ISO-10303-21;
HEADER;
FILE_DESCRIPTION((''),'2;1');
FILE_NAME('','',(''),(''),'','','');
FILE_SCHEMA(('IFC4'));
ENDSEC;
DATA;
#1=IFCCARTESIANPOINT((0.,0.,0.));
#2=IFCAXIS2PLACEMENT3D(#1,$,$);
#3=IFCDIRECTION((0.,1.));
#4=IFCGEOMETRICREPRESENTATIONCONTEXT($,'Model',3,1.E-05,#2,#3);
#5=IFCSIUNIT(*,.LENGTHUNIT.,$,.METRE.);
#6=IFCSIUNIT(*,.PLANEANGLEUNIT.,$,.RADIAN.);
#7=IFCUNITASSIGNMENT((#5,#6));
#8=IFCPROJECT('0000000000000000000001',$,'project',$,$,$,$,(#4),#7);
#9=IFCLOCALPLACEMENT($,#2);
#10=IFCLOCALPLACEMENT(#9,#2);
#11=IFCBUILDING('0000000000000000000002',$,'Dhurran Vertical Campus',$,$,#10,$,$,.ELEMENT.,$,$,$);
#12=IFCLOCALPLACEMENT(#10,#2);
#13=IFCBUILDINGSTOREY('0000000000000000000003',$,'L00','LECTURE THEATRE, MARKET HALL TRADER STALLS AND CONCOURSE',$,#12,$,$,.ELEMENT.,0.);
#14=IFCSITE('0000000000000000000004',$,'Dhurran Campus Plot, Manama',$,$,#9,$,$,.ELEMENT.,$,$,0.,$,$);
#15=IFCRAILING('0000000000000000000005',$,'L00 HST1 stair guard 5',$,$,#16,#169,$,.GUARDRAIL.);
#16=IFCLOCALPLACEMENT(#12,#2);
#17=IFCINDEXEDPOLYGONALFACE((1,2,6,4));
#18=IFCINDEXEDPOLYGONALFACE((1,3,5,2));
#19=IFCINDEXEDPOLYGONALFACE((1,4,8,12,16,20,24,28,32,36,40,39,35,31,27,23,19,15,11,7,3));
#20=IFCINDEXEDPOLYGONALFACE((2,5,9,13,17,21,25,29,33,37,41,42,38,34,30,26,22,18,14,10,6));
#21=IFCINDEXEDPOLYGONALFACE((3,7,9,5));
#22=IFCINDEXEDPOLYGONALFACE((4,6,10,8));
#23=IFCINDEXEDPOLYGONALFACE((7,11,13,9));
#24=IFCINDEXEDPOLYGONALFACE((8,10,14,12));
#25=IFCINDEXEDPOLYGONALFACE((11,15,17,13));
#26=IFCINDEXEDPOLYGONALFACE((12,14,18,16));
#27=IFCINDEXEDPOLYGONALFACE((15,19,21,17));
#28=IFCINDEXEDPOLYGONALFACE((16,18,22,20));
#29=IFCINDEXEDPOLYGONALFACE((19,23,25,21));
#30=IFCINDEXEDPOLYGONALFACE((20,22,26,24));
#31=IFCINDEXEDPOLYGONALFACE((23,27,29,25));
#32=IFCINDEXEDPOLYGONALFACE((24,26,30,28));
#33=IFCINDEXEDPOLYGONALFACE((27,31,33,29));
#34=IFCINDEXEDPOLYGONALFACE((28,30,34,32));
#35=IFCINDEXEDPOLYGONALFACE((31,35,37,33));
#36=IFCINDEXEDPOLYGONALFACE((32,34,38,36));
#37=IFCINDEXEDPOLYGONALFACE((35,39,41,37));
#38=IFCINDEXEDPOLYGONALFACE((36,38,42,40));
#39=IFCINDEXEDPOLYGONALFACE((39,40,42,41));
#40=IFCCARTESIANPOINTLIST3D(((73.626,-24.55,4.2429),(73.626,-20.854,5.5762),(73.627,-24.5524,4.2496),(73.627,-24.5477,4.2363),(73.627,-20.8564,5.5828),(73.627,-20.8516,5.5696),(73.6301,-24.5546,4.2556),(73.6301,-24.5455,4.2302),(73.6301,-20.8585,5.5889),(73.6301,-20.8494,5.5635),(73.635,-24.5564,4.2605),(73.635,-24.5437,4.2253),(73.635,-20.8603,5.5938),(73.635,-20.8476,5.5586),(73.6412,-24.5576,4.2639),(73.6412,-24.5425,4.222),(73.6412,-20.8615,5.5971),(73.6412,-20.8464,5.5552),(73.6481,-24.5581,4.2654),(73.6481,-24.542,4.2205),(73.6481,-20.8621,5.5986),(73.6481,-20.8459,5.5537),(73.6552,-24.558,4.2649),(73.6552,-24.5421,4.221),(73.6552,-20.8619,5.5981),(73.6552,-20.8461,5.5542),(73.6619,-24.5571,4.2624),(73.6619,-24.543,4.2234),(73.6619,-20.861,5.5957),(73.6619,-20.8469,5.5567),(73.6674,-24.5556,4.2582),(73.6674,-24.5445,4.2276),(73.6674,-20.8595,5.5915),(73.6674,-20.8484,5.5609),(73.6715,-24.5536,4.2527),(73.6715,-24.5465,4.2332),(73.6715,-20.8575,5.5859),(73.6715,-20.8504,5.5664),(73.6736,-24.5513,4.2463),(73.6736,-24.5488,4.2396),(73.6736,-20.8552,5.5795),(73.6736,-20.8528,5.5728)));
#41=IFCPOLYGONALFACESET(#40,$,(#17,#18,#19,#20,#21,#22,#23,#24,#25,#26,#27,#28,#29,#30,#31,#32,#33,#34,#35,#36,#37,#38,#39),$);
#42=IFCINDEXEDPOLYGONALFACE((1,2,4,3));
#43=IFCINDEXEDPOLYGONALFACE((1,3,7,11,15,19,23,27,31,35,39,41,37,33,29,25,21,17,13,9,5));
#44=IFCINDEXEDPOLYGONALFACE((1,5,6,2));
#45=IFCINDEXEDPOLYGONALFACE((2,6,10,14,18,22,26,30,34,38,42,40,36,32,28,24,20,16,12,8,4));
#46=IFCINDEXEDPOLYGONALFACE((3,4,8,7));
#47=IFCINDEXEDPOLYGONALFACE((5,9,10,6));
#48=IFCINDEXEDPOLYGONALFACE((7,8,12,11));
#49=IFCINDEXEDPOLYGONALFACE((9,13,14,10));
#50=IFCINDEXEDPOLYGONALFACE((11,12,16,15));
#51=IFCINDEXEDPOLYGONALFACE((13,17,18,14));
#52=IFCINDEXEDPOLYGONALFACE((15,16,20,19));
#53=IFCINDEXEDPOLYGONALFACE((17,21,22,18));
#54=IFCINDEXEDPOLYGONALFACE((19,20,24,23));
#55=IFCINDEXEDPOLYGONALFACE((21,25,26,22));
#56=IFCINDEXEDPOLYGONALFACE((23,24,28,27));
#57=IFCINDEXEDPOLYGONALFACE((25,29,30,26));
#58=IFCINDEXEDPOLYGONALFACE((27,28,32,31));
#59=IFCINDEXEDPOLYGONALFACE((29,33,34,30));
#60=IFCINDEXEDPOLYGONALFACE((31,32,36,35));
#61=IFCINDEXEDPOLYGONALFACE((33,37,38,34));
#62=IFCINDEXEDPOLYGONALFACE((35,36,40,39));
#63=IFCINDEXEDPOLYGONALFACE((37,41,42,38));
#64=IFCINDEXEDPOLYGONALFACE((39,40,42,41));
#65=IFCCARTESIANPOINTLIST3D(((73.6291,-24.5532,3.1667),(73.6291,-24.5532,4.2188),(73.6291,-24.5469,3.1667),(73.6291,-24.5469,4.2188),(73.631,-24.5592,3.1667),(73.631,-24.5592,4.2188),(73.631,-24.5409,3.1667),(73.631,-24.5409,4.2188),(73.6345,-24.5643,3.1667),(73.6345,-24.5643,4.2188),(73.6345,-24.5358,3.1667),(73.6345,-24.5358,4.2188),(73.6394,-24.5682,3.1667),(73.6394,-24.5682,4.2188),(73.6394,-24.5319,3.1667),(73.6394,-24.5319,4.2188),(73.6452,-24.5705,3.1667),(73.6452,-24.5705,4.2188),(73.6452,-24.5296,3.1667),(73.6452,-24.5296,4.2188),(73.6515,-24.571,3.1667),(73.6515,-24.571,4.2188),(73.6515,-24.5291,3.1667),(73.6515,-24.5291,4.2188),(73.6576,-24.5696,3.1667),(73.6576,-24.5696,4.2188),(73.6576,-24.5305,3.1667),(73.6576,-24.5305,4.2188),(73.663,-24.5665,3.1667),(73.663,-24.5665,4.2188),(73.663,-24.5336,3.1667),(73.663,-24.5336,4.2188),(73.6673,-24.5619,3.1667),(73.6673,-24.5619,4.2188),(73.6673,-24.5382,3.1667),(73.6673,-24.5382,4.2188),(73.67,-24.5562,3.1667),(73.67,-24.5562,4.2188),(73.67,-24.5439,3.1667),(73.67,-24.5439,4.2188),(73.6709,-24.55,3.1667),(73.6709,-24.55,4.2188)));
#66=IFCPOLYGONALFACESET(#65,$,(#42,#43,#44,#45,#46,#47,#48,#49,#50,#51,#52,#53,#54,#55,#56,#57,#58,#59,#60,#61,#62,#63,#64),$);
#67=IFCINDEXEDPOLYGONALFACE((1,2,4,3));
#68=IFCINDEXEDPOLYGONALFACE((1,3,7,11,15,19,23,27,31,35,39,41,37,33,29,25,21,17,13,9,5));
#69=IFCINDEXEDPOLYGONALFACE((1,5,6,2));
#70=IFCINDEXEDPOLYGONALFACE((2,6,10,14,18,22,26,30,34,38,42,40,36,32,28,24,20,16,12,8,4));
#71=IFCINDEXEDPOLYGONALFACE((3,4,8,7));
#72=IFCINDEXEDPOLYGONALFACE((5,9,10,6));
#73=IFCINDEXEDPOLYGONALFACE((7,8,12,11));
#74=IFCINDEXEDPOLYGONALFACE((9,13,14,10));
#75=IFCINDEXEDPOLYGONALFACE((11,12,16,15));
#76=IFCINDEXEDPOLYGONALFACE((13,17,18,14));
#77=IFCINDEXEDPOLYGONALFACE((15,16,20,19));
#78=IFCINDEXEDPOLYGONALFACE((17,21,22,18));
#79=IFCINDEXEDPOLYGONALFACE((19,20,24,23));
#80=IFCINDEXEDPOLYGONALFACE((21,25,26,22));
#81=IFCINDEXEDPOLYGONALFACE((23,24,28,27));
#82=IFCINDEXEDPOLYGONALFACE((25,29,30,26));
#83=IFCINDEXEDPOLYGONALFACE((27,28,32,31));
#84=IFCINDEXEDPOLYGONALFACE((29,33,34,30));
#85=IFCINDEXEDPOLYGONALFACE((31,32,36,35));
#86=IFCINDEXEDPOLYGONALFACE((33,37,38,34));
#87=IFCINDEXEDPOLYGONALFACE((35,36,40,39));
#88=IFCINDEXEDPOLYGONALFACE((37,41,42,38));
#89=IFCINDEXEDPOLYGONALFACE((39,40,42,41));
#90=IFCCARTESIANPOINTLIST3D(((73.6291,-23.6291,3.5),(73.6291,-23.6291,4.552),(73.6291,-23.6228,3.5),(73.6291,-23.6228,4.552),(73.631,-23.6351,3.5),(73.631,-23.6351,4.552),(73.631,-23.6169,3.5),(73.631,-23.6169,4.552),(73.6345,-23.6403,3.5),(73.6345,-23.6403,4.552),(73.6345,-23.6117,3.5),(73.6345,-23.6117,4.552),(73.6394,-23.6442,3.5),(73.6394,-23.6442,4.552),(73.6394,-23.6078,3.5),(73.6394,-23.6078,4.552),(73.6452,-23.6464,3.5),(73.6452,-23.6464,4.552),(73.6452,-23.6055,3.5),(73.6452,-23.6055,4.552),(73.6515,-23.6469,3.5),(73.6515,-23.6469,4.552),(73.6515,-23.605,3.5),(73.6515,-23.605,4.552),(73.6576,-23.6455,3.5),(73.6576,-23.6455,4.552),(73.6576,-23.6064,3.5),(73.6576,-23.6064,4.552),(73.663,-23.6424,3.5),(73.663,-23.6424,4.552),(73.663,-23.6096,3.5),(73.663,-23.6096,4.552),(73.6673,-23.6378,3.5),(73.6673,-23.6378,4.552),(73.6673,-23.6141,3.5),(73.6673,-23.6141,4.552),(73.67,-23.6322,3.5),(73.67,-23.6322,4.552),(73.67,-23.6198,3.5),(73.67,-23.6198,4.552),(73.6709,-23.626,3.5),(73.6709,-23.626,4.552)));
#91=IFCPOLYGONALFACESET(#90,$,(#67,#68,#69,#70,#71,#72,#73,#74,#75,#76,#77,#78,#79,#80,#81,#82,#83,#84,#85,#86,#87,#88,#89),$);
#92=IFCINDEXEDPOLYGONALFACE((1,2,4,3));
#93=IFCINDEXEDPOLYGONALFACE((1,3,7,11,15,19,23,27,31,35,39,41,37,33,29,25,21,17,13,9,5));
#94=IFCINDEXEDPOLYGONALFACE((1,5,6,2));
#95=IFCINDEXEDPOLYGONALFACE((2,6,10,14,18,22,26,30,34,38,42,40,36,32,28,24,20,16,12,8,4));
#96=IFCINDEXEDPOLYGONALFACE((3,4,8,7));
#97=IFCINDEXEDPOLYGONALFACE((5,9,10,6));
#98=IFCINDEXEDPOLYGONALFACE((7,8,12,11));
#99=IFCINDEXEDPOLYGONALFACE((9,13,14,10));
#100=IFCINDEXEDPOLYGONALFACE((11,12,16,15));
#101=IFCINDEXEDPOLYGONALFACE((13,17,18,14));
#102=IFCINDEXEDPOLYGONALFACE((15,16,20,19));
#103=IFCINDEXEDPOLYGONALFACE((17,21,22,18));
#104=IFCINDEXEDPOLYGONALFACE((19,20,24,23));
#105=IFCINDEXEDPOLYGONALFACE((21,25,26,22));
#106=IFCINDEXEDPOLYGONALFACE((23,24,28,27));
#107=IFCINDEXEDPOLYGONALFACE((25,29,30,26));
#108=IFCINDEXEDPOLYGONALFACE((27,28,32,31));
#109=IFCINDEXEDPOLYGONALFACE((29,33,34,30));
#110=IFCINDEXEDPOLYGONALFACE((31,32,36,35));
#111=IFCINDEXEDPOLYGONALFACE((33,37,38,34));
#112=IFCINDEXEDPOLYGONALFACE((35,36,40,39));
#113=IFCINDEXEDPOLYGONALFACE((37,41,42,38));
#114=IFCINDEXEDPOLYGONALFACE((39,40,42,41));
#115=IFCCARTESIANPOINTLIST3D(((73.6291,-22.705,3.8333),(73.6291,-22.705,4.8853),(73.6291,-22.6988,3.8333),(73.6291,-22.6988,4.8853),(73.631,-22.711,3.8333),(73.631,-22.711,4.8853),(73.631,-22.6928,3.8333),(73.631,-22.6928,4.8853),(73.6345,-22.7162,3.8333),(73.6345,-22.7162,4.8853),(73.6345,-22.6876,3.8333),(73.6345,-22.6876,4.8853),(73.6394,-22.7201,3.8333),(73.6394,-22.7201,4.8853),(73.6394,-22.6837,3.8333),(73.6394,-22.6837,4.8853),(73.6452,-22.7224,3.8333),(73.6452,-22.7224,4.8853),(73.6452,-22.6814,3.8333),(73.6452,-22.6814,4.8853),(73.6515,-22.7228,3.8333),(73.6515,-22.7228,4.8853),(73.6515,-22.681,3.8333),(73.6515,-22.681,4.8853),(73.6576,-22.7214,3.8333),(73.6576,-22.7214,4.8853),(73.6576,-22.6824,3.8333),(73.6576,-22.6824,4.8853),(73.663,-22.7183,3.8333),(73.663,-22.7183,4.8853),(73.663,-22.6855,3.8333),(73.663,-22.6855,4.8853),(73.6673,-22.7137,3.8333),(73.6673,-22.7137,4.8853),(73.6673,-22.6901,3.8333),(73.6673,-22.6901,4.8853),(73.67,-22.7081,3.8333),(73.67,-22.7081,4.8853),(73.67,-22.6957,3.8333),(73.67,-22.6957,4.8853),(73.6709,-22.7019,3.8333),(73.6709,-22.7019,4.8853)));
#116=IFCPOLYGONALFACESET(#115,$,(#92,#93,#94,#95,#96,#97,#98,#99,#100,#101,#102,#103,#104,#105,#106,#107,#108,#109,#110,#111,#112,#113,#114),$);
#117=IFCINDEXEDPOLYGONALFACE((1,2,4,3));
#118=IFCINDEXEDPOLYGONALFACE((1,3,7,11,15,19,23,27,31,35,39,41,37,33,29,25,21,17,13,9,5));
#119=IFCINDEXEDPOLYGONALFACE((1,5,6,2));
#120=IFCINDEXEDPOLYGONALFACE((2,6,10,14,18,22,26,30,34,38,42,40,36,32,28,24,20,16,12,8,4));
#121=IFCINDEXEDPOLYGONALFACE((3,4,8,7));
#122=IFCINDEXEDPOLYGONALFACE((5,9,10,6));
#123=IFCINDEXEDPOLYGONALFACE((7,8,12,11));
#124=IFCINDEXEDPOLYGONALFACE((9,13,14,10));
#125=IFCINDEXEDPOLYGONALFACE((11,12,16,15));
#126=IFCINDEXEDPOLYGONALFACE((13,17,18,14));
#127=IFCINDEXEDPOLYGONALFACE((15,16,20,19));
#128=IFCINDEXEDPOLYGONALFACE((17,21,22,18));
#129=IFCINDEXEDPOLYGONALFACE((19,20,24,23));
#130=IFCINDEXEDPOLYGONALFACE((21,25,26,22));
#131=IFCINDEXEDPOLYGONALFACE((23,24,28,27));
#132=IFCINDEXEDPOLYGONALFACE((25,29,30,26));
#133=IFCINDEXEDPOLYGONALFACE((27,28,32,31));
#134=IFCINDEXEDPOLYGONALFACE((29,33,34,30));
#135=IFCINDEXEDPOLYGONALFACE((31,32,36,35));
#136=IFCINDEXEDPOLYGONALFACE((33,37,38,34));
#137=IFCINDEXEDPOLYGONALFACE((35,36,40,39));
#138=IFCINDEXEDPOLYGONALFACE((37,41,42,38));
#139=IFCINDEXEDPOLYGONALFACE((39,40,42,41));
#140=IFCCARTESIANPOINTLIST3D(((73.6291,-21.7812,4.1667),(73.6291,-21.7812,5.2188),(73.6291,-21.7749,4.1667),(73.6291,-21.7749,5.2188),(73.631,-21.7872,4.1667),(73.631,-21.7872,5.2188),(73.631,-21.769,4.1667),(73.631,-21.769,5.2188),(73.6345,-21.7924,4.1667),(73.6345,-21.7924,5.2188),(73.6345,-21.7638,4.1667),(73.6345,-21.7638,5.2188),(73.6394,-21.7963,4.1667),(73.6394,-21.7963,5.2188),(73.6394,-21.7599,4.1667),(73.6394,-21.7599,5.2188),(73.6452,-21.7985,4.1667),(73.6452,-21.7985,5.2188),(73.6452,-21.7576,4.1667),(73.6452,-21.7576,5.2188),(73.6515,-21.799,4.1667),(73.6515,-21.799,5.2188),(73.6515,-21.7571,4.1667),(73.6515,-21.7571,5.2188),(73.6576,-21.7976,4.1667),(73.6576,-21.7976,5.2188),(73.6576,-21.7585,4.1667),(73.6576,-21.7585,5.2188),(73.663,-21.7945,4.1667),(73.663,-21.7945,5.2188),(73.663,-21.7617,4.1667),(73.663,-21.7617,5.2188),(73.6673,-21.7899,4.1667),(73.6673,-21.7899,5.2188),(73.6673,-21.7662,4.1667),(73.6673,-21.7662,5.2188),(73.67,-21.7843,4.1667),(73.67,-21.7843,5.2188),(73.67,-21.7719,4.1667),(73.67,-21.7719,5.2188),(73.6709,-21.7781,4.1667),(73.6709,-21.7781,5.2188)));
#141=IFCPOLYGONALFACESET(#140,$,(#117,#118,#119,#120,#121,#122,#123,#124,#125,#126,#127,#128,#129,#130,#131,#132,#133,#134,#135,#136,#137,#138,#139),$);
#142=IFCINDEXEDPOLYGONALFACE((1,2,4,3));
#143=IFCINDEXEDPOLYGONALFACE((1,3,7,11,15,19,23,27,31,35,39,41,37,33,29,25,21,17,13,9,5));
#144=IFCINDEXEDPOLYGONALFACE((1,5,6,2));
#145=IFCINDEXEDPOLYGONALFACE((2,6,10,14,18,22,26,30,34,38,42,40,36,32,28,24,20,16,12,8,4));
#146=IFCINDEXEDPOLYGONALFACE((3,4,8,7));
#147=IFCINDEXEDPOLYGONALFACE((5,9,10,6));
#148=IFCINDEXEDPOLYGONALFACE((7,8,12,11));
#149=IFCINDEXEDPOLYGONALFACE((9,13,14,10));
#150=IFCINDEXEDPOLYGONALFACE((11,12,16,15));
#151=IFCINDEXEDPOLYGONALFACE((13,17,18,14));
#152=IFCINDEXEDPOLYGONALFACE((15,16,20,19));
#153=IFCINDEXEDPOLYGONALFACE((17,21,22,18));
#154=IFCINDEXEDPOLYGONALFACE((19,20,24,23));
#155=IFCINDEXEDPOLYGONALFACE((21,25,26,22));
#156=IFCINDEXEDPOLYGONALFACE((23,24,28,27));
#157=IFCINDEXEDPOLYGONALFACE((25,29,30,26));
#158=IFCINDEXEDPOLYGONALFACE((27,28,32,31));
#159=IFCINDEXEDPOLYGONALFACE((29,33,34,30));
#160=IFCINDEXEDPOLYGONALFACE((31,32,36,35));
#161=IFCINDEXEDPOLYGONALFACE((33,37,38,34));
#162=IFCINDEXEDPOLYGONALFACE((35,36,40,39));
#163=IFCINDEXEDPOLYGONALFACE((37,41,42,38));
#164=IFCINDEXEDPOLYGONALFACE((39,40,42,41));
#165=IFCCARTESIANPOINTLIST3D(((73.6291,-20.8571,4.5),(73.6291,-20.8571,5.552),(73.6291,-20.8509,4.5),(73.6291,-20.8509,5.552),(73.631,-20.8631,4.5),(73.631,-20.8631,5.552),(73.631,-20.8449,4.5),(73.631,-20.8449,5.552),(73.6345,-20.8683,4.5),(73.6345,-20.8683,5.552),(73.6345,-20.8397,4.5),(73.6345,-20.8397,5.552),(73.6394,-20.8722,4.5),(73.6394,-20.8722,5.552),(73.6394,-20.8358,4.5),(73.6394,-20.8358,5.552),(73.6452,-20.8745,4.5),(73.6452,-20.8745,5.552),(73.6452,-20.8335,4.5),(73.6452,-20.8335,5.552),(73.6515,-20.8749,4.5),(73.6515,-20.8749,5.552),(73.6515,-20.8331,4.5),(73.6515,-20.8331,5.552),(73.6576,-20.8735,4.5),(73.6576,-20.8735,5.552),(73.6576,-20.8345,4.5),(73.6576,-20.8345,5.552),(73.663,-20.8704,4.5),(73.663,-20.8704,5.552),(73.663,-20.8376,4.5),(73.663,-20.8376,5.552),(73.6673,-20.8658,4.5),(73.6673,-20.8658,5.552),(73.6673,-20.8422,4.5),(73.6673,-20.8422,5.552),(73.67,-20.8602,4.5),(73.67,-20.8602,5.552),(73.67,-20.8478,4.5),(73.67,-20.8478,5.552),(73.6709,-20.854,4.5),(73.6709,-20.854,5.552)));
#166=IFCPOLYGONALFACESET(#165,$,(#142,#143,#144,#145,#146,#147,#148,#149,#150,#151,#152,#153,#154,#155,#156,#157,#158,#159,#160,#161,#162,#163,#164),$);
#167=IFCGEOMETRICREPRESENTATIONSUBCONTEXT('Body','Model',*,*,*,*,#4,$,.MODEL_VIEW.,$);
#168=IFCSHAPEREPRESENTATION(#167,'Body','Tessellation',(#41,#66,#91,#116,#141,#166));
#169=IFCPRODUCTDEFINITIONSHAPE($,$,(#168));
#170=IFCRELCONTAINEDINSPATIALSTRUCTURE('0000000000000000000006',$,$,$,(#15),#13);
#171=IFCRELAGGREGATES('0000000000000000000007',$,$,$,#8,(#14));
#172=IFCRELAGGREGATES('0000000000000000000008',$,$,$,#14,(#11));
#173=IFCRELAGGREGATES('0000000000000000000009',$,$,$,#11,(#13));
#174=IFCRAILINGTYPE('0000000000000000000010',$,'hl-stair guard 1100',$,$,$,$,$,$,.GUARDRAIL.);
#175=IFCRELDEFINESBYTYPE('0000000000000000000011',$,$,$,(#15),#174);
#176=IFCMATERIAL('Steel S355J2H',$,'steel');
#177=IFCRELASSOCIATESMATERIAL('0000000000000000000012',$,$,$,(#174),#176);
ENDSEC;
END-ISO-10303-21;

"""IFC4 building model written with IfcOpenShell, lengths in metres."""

from ifc_helpers import new_model, si_unit, direction, frame, origin, origin_2d, place, context, subcontext, project, spatial, circle, extrude, material, type_object, element, save


model = new_model("IFC4")

# Units and contexts
model_context = context("Model", 3, precision=1e-05, world=origin(), true_north=direction((0.0, 1.0)))
body_context = subcontext(model_context, "Body", "Model", "MODEL_VIEW")
ifc_project = project(units=[si_unit("LENGTHUNIT", "METRE"), si_unit("PLANEANGLEUNIT", "RADIAN")], contexts=[model_context])

# Site, building, storey
site_placement = place(None, origin())
site = spatial("IfcSite", under=ifc_project, at=site_placement, Name="Dhurran Campus Plot, Manama", CompositionType="ELEMENT", RefElevation=0.0)
building_placement = place(site_placement, origin())
building = spatial("IfcBuilding", under=site, at=building_placement, Name="Dhurran Vertical Campus", CompositionType="ELEMENT")
storey_placement = place(building_placement, origin())
storey = spatial("IfcBuildingStorey", under=building, at=storey_placement, Name="L00", Description="LECTURE THEATRE, MARKET HALL TRADER STALLS AND CONCOURSE", CompositionType="ELEMENT", Elevation=0.0)

# Railing
ifc_material_1 = material(Name="Steel S355J2H", Category="steel")
railing_type_1 = type_object("IfcRailingType", Name="hl-stair guard 1100", PredefinedType="GUARDRAIL", material=ifc_material_1)
railing_1_placement = place(storey_placement, frame((73.6499, -24.55, 3.1667)))
element("IfcRailing", 1, at=railing_1_placement, inside=storey, type_object=railing_type_1, Name="L00 HST1 stair guard 5", PredefinedType="GUARDRAIL", context=body_context, shape_type="SweptSolid", body=[
    extrude(circle(Radius=0.0239, at=origin_2d()), frame((0.0, 0.0, 1.0762), z_axis=(0.0, 0.94067, 0.339322), x_axis=(-1.0, 0.0, 0.0)), (0.0, 0.0, 1.0), 3.9292),
    extrude(circle(Radius=0.021, at=origin_2d()), origin(), (0.0, 0.0, 1.0), 1.052),
    extrude(circle(Radius=0.021, at=origin_2d()), frame((0.0, 0.9241, 0.3333)), (0.0, 0.0, 1.0), 1.052),
    extrude(circle(Radius=0.021, at=origin_2d()), frame((0.0, 1.8481, 0.6665)), (0.0, 0.0, 1.0), 1.052),
    extrude(circle(Radius=0.021, at=origin_2d()), frame((0.0, 2.772, 1.0)), (0.0, 0.0, 1.0), 1.052),
    extrude(circle(Radius=0.021, at=origin_2d()), frame((0.0, 3.696, 1.3333)), (0.0, 0.0, 1.0), 1.052),
])

save(model, "model.ifc")
